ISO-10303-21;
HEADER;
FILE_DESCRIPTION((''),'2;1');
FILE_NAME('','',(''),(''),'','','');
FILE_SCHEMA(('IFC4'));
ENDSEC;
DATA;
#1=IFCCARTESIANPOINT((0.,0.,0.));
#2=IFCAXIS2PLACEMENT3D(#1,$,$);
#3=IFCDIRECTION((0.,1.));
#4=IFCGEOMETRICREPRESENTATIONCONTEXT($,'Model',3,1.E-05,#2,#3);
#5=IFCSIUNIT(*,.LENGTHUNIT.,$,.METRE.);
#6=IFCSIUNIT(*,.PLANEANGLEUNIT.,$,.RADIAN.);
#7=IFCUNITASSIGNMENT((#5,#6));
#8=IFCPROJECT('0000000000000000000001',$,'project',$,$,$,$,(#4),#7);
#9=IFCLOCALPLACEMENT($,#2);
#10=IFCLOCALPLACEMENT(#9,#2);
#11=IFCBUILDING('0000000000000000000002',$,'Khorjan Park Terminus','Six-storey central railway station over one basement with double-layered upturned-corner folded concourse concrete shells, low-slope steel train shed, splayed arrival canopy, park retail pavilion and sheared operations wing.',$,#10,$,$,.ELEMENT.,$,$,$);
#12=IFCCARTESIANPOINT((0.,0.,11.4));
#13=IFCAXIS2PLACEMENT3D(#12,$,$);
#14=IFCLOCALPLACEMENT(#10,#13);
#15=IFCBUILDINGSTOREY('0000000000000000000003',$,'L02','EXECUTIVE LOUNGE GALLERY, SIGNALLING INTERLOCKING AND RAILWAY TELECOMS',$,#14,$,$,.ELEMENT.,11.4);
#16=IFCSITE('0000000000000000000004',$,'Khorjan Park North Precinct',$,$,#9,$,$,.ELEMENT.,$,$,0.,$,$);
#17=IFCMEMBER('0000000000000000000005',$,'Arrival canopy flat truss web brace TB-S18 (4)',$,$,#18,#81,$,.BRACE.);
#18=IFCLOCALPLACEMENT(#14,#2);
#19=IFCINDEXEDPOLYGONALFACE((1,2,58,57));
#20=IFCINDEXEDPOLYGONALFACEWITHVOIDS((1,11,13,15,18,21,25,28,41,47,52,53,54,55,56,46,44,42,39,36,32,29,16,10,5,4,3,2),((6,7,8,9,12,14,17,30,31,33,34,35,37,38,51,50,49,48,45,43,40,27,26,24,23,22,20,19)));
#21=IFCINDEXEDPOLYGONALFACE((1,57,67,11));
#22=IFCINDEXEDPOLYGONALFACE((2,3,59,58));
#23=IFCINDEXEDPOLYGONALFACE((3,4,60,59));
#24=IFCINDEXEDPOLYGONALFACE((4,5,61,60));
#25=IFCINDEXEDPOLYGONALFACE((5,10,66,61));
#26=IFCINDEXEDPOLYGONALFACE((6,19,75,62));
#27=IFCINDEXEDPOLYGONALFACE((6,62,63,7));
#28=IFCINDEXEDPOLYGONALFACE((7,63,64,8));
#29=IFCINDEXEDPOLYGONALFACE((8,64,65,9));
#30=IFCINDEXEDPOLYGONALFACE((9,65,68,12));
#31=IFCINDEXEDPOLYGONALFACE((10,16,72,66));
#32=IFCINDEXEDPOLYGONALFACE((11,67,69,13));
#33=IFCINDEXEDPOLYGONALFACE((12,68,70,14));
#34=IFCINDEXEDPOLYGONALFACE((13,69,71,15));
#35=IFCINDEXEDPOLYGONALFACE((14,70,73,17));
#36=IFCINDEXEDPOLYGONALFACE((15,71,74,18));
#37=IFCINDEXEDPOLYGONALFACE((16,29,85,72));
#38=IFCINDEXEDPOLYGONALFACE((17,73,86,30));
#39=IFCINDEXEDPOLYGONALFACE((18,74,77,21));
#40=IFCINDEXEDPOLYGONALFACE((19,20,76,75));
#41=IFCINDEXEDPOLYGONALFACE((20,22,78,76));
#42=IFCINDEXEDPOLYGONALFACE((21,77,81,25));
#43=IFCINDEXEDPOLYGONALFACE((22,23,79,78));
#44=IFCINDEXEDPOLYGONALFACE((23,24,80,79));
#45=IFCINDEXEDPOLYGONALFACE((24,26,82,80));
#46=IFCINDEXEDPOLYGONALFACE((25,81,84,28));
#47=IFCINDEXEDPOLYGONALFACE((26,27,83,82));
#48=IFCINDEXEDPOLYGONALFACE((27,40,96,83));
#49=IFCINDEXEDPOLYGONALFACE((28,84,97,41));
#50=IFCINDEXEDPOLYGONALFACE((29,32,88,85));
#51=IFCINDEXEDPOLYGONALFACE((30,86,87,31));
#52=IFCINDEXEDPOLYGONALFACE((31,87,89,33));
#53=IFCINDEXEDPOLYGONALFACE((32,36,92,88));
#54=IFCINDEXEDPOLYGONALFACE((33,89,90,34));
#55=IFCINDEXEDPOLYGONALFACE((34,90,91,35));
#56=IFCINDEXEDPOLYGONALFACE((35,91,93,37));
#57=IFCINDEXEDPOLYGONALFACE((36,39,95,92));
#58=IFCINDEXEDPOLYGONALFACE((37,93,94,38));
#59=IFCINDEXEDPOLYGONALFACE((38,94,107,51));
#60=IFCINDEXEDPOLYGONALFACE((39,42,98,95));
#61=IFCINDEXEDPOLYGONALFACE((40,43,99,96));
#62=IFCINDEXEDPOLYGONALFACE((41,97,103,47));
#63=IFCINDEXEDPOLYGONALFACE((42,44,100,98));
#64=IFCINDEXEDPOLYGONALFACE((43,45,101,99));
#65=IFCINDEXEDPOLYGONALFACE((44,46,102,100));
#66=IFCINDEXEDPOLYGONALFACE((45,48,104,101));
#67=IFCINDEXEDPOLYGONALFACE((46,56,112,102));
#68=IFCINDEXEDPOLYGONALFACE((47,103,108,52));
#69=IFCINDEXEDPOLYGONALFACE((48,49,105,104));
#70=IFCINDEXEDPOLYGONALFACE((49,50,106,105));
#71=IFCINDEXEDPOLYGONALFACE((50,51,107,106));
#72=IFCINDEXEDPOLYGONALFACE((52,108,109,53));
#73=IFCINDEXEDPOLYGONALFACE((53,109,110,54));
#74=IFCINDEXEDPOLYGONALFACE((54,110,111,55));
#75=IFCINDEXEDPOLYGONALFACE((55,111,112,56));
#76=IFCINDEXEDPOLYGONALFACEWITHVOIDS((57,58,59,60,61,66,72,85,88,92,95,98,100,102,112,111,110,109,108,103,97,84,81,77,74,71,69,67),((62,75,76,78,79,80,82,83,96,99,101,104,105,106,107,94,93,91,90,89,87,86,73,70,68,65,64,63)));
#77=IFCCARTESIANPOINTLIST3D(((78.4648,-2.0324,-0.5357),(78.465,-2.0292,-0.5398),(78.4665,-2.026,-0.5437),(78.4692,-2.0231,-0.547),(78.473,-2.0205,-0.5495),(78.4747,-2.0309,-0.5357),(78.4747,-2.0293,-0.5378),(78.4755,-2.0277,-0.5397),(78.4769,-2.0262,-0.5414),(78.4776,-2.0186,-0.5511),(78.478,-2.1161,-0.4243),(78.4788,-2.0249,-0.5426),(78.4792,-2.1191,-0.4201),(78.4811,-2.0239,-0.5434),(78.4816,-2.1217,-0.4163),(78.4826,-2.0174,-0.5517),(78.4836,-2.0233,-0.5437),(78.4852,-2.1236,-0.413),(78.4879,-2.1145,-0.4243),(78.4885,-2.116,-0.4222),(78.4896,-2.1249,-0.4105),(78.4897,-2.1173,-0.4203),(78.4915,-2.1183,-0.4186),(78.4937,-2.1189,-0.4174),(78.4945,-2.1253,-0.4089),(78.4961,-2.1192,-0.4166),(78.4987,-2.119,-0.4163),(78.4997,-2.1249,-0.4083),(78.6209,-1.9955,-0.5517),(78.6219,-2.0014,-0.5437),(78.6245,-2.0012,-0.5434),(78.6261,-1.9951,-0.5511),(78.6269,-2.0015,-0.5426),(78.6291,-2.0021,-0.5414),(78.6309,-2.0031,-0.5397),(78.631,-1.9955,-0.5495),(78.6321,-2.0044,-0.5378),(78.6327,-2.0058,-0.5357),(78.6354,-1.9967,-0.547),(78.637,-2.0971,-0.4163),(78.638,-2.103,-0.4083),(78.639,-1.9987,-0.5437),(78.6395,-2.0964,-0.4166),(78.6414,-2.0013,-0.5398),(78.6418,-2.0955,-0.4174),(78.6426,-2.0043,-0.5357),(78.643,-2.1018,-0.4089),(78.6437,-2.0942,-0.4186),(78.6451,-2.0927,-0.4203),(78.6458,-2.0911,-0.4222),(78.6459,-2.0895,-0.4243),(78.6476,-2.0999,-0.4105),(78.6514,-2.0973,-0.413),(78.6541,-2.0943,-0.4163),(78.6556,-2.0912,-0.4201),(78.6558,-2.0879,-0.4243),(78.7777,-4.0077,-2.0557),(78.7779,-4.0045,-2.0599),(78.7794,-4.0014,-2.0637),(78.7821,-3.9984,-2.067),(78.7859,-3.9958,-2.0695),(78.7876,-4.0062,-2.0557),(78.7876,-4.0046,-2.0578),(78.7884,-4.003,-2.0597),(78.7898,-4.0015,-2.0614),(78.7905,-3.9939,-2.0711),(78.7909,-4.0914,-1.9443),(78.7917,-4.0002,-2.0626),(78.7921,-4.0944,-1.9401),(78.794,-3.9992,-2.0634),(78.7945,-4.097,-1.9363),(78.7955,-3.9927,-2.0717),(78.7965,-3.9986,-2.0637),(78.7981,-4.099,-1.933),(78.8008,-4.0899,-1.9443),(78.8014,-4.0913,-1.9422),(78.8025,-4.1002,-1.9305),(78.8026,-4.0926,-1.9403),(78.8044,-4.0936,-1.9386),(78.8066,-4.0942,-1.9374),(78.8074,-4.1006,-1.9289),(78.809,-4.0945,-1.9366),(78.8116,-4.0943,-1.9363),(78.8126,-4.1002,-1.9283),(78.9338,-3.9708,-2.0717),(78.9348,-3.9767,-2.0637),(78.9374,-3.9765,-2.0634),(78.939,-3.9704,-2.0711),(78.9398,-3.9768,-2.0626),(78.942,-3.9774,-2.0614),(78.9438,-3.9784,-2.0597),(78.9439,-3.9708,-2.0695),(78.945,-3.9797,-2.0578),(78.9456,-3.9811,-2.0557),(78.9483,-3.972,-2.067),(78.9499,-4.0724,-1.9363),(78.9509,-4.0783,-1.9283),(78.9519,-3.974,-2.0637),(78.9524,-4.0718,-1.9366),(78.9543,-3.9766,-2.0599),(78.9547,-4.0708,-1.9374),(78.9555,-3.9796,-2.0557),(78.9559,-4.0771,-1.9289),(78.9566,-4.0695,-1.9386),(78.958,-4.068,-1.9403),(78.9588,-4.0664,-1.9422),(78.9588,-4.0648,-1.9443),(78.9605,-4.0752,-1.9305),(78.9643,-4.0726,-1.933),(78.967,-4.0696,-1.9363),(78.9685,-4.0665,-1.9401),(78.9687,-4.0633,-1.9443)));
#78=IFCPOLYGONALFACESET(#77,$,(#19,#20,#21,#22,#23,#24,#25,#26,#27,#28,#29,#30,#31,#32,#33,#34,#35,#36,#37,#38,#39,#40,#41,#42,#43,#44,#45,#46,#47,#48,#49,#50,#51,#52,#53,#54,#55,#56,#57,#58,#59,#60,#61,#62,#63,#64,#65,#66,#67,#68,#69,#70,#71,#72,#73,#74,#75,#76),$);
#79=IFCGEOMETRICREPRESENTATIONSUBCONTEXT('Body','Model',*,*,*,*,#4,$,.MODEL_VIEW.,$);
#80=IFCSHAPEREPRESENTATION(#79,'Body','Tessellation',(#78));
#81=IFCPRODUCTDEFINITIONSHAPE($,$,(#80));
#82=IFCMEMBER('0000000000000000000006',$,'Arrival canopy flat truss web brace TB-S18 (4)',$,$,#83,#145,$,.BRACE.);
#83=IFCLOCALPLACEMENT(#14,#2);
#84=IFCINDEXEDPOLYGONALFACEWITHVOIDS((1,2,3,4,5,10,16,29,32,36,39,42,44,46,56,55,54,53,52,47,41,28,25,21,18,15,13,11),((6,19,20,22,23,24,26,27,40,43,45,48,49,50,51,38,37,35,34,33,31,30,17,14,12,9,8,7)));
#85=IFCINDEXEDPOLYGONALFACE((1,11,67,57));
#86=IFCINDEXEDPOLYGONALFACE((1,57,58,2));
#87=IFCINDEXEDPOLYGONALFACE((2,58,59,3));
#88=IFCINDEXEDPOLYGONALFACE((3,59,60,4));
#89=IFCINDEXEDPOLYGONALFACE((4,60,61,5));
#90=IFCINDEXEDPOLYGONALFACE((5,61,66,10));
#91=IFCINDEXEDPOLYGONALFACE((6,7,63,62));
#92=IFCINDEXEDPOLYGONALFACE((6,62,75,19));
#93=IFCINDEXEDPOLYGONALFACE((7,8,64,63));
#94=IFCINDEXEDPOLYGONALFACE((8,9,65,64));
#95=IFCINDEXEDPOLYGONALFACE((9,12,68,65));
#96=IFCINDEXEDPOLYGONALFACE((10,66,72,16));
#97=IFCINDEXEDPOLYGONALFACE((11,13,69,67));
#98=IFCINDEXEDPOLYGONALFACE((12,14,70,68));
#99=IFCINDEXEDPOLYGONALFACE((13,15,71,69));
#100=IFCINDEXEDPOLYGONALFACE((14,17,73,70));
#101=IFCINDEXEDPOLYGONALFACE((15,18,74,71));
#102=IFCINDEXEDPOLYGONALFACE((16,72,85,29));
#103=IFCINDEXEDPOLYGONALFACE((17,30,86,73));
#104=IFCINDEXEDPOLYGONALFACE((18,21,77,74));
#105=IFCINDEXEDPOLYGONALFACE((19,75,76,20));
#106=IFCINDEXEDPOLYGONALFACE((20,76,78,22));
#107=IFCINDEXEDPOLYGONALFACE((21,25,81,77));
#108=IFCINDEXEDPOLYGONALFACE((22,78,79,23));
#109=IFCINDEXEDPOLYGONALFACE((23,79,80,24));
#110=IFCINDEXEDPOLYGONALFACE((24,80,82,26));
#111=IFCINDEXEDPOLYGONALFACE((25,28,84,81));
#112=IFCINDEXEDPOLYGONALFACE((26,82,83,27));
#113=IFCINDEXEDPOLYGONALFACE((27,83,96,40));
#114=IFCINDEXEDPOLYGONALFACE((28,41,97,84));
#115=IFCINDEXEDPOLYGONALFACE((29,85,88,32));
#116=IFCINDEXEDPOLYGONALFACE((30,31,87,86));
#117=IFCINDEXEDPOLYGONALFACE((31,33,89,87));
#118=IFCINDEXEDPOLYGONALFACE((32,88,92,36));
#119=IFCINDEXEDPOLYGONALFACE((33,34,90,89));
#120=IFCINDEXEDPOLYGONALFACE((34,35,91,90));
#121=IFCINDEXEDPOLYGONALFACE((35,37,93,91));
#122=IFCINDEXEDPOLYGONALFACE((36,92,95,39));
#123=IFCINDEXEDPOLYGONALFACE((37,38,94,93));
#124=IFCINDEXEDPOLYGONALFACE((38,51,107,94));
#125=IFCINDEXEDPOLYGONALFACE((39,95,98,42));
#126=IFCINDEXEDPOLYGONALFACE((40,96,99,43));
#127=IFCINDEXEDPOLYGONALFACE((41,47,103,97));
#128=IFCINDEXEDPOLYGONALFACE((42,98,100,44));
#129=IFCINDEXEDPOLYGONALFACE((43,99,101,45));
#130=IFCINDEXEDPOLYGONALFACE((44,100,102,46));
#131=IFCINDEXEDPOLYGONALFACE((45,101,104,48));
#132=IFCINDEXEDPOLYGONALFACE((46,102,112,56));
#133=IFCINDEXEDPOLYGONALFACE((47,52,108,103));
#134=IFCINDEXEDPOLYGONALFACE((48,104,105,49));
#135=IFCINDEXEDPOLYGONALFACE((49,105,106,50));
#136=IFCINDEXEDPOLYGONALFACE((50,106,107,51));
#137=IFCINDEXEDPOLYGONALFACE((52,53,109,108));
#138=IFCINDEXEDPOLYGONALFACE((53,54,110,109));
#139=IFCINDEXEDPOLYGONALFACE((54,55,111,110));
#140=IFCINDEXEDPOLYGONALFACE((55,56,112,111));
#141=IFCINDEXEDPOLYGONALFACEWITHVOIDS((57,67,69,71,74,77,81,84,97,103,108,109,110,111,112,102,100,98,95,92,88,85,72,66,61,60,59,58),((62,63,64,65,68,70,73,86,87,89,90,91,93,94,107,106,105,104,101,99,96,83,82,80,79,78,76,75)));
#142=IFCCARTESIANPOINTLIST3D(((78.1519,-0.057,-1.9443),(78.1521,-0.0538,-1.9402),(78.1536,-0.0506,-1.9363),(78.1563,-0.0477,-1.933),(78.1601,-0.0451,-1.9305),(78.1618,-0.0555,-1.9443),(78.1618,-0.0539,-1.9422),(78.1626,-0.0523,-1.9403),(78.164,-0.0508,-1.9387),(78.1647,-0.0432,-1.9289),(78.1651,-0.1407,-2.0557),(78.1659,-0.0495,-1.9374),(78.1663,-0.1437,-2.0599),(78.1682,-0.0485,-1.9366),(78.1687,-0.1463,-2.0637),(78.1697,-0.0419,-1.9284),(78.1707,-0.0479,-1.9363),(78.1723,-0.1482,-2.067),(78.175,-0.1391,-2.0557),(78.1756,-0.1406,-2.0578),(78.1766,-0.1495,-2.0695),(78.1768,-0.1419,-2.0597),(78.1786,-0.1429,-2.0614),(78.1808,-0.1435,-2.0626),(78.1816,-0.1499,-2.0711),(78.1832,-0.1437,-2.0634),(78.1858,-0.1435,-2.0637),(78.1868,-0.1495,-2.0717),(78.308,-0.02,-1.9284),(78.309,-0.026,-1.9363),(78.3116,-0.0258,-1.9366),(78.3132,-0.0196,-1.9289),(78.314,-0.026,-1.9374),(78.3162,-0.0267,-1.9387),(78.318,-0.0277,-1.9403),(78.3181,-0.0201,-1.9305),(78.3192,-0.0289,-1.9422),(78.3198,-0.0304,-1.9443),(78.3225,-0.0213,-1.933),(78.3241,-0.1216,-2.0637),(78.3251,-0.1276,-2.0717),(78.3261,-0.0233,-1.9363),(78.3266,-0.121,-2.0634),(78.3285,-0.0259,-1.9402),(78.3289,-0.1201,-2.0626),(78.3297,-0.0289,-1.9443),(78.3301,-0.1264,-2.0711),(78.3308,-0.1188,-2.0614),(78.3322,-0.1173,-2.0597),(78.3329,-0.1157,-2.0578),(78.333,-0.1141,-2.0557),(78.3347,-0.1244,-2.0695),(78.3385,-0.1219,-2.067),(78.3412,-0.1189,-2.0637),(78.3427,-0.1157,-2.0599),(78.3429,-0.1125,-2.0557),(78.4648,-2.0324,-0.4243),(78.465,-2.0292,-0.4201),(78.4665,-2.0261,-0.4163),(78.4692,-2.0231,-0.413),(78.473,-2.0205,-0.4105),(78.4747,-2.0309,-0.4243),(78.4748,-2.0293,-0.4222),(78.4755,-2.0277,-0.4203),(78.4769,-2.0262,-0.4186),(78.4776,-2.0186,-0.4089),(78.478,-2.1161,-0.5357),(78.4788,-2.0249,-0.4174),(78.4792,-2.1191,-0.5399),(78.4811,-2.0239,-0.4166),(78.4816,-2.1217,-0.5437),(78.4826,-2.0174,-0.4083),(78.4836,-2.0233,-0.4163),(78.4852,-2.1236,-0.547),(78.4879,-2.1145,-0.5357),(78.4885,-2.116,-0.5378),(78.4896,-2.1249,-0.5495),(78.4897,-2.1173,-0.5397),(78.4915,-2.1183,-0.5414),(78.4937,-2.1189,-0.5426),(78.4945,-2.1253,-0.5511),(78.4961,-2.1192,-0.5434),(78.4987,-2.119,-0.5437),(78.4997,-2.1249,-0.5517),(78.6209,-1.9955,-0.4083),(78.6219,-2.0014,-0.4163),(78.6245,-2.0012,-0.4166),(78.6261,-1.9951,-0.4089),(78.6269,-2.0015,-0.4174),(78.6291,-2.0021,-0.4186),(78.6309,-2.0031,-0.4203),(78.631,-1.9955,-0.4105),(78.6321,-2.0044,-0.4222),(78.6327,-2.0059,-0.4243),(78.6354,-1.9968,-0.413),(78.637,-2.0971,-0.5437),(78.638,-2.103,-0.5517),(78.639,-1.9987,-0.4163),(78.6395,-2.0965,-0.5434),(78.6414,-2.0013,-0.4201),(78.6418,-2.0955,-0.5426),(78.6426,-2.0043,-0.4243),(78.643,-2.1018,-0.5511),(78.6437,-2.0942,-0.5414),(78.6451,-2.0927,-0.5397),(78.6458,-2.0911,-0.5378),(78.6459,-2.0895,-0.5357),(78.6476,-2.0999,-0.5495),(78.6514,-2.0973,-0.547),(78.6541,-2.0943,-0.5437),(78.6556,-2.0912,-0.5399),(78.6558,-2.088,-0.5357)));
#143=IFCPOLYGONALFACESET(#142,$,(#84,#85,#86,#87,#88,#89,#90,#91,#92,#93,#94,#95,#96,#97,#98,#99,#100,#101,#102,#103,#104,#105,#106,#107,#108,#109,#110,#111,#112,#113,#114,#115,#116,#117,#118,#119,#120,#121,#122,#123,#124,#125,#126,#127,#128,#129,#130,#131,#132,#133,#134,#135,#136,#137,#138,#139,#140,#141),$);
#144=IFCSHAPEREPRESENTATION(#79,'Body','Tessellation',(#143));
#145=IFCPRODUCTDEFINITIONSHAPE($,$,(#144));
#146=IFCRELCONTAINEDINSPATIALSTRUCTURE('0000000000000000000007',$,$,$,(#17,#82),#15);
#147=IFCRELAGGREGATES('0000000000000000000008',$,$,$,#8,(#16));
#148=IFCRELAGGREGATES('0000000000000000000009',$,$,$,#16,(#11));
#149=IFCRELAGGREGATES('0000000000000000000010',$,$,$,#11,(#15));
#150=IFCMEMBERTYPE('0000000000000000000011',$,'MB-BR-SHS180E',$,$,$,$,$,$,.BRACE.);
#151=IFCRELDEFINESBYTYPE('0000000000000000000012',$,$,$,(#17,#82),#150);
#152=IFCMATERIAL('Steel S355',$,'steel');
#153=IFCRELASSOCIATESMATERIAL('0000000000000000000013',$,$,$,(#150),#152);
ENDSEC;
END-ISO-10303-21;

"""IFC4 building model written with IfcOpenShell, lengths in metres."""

from ifc_helpers import new_model, si_unit, direction, frame, origin, origin_2d, place, context, subcontext, project, spatial, hollow_rectangle, extrude, material, material_profile, profile_set, type_object, element, save


model = new_model("IFC4")

# Units and contexts
model_context = context("Model", 3, precision=1e-05, world=origin(), true_north=direction((0.0, 1.0)))
body_context = subcontext(model_context, "Body", "Model", "MODEL_VIEW")
ifc_project = project(units=[si_unit("LENGTHUNIT", "METRE"), si_unit("PLANEANGLEUNIT", "RADIAN")], contexts=[model_context])

# Site, building, storey
site_placement = place(None, origin())
site = spatial("IfcSite", under=ifc_project, at=site_placement, Name="Khorjan Park North Precinct", CompositionType="ELEMENT", RefElevation=0.0)
building_placement = place(site_placement, origin())
building = spatial("IfcBuilding", under=site, at=building_placement, Name="Khorjan Park Terminus", Description="Six-storey central railway station over one basement with double-layered upturned-corner folded concourse concrete shells, low-slope steel train shed, splayed arrival canopy, park retail pavilion and sheared operations wing.", CompositionType="ELEMENT")
storey_placement = place(building_placement, frame((0.0, 0.0, 11.4)))
storey = spatial("IfcBuildingStorey", under=building, at=storey_placement, Name="L02", Description="EXECUTIVE LOUNGE GALLERY, SIGNALLING INTERLOCKING AND RAILWAY TELECOMS", CompositionType="ELEMENT", Elevation=11.4)

# Members
ifc_material = material(Name="Steel S355", Category="steel")
ifc_material_profile_1 = material_profile(ifc_material, hollow_rectangle(XDim=0.18, YDim=0.18, WallThickness=0.01, InnerFilletRadius=0.01, OuterFilletRadius=0.02, at=origin_2d()), Name="SHS 180x180x10")
ifc_profile_set_1 = profile_set([ifc_material_profile_1], Name="Steel S355")
member_type_1 = type_object("IfcMemberType", Name="MB-BR-SHS180E", PredefinedType="BRACE", material=ifc_profile_set_1)
member_1_placement = place(storey_placement, frame((78.8732, -4.0355, -2.0), z_axis=(-0.124562, 0.786347, 0.605097), x_axis=(-0.987685, -0.156456, 0.0)))
element("IfcMember", 1, at=member_1_placement, inside=storey, type_object=member_type_1, Name="Arrival canopy flat truss web brace TB-S18 (4)", PredefinedType="BRACE", context=body_context, shape_type="SweptSolid", body=[
    extrude(hollow_rectangle(XDim=0.18, YDim=0.18, WallThickness=0.01, InnerFilletRadius=0.01, OuterFilletRadius=0.02, at=origin_2d()), origin(), (0.0, 0.0, 1.0), 2.512),
])
for number, where, z_axis, x_axis, name in (
    (2, (78.5603, -2.0602, -0.48), (-0.124558, 0.786362, -0.605078), (-0.987686, -0.156448, 0.0), "Arrival canopy flat truss web brace TB-S18 (4)"),
):
    element("IfcMember", number, at=place(storey_placement, frame(where, z_axis=z_axis, x_axis=x_axis)), inside=storey, type_object=member_type_1, Name=name, PredefinedType="BRACE", context=body_context, shape_type="SweptSolid", body=[
        extrude(hollow_rectangle(XDim=0.18, YDim=0.18, WallThickness=0.01, InnerFilletRadius=0.01, OuterFilletRadius=0.02, at=origin_2d()), origin(), (0.0, 0.0, 1.0), 2.5121),
    ])

save(model, "model.ifc")
